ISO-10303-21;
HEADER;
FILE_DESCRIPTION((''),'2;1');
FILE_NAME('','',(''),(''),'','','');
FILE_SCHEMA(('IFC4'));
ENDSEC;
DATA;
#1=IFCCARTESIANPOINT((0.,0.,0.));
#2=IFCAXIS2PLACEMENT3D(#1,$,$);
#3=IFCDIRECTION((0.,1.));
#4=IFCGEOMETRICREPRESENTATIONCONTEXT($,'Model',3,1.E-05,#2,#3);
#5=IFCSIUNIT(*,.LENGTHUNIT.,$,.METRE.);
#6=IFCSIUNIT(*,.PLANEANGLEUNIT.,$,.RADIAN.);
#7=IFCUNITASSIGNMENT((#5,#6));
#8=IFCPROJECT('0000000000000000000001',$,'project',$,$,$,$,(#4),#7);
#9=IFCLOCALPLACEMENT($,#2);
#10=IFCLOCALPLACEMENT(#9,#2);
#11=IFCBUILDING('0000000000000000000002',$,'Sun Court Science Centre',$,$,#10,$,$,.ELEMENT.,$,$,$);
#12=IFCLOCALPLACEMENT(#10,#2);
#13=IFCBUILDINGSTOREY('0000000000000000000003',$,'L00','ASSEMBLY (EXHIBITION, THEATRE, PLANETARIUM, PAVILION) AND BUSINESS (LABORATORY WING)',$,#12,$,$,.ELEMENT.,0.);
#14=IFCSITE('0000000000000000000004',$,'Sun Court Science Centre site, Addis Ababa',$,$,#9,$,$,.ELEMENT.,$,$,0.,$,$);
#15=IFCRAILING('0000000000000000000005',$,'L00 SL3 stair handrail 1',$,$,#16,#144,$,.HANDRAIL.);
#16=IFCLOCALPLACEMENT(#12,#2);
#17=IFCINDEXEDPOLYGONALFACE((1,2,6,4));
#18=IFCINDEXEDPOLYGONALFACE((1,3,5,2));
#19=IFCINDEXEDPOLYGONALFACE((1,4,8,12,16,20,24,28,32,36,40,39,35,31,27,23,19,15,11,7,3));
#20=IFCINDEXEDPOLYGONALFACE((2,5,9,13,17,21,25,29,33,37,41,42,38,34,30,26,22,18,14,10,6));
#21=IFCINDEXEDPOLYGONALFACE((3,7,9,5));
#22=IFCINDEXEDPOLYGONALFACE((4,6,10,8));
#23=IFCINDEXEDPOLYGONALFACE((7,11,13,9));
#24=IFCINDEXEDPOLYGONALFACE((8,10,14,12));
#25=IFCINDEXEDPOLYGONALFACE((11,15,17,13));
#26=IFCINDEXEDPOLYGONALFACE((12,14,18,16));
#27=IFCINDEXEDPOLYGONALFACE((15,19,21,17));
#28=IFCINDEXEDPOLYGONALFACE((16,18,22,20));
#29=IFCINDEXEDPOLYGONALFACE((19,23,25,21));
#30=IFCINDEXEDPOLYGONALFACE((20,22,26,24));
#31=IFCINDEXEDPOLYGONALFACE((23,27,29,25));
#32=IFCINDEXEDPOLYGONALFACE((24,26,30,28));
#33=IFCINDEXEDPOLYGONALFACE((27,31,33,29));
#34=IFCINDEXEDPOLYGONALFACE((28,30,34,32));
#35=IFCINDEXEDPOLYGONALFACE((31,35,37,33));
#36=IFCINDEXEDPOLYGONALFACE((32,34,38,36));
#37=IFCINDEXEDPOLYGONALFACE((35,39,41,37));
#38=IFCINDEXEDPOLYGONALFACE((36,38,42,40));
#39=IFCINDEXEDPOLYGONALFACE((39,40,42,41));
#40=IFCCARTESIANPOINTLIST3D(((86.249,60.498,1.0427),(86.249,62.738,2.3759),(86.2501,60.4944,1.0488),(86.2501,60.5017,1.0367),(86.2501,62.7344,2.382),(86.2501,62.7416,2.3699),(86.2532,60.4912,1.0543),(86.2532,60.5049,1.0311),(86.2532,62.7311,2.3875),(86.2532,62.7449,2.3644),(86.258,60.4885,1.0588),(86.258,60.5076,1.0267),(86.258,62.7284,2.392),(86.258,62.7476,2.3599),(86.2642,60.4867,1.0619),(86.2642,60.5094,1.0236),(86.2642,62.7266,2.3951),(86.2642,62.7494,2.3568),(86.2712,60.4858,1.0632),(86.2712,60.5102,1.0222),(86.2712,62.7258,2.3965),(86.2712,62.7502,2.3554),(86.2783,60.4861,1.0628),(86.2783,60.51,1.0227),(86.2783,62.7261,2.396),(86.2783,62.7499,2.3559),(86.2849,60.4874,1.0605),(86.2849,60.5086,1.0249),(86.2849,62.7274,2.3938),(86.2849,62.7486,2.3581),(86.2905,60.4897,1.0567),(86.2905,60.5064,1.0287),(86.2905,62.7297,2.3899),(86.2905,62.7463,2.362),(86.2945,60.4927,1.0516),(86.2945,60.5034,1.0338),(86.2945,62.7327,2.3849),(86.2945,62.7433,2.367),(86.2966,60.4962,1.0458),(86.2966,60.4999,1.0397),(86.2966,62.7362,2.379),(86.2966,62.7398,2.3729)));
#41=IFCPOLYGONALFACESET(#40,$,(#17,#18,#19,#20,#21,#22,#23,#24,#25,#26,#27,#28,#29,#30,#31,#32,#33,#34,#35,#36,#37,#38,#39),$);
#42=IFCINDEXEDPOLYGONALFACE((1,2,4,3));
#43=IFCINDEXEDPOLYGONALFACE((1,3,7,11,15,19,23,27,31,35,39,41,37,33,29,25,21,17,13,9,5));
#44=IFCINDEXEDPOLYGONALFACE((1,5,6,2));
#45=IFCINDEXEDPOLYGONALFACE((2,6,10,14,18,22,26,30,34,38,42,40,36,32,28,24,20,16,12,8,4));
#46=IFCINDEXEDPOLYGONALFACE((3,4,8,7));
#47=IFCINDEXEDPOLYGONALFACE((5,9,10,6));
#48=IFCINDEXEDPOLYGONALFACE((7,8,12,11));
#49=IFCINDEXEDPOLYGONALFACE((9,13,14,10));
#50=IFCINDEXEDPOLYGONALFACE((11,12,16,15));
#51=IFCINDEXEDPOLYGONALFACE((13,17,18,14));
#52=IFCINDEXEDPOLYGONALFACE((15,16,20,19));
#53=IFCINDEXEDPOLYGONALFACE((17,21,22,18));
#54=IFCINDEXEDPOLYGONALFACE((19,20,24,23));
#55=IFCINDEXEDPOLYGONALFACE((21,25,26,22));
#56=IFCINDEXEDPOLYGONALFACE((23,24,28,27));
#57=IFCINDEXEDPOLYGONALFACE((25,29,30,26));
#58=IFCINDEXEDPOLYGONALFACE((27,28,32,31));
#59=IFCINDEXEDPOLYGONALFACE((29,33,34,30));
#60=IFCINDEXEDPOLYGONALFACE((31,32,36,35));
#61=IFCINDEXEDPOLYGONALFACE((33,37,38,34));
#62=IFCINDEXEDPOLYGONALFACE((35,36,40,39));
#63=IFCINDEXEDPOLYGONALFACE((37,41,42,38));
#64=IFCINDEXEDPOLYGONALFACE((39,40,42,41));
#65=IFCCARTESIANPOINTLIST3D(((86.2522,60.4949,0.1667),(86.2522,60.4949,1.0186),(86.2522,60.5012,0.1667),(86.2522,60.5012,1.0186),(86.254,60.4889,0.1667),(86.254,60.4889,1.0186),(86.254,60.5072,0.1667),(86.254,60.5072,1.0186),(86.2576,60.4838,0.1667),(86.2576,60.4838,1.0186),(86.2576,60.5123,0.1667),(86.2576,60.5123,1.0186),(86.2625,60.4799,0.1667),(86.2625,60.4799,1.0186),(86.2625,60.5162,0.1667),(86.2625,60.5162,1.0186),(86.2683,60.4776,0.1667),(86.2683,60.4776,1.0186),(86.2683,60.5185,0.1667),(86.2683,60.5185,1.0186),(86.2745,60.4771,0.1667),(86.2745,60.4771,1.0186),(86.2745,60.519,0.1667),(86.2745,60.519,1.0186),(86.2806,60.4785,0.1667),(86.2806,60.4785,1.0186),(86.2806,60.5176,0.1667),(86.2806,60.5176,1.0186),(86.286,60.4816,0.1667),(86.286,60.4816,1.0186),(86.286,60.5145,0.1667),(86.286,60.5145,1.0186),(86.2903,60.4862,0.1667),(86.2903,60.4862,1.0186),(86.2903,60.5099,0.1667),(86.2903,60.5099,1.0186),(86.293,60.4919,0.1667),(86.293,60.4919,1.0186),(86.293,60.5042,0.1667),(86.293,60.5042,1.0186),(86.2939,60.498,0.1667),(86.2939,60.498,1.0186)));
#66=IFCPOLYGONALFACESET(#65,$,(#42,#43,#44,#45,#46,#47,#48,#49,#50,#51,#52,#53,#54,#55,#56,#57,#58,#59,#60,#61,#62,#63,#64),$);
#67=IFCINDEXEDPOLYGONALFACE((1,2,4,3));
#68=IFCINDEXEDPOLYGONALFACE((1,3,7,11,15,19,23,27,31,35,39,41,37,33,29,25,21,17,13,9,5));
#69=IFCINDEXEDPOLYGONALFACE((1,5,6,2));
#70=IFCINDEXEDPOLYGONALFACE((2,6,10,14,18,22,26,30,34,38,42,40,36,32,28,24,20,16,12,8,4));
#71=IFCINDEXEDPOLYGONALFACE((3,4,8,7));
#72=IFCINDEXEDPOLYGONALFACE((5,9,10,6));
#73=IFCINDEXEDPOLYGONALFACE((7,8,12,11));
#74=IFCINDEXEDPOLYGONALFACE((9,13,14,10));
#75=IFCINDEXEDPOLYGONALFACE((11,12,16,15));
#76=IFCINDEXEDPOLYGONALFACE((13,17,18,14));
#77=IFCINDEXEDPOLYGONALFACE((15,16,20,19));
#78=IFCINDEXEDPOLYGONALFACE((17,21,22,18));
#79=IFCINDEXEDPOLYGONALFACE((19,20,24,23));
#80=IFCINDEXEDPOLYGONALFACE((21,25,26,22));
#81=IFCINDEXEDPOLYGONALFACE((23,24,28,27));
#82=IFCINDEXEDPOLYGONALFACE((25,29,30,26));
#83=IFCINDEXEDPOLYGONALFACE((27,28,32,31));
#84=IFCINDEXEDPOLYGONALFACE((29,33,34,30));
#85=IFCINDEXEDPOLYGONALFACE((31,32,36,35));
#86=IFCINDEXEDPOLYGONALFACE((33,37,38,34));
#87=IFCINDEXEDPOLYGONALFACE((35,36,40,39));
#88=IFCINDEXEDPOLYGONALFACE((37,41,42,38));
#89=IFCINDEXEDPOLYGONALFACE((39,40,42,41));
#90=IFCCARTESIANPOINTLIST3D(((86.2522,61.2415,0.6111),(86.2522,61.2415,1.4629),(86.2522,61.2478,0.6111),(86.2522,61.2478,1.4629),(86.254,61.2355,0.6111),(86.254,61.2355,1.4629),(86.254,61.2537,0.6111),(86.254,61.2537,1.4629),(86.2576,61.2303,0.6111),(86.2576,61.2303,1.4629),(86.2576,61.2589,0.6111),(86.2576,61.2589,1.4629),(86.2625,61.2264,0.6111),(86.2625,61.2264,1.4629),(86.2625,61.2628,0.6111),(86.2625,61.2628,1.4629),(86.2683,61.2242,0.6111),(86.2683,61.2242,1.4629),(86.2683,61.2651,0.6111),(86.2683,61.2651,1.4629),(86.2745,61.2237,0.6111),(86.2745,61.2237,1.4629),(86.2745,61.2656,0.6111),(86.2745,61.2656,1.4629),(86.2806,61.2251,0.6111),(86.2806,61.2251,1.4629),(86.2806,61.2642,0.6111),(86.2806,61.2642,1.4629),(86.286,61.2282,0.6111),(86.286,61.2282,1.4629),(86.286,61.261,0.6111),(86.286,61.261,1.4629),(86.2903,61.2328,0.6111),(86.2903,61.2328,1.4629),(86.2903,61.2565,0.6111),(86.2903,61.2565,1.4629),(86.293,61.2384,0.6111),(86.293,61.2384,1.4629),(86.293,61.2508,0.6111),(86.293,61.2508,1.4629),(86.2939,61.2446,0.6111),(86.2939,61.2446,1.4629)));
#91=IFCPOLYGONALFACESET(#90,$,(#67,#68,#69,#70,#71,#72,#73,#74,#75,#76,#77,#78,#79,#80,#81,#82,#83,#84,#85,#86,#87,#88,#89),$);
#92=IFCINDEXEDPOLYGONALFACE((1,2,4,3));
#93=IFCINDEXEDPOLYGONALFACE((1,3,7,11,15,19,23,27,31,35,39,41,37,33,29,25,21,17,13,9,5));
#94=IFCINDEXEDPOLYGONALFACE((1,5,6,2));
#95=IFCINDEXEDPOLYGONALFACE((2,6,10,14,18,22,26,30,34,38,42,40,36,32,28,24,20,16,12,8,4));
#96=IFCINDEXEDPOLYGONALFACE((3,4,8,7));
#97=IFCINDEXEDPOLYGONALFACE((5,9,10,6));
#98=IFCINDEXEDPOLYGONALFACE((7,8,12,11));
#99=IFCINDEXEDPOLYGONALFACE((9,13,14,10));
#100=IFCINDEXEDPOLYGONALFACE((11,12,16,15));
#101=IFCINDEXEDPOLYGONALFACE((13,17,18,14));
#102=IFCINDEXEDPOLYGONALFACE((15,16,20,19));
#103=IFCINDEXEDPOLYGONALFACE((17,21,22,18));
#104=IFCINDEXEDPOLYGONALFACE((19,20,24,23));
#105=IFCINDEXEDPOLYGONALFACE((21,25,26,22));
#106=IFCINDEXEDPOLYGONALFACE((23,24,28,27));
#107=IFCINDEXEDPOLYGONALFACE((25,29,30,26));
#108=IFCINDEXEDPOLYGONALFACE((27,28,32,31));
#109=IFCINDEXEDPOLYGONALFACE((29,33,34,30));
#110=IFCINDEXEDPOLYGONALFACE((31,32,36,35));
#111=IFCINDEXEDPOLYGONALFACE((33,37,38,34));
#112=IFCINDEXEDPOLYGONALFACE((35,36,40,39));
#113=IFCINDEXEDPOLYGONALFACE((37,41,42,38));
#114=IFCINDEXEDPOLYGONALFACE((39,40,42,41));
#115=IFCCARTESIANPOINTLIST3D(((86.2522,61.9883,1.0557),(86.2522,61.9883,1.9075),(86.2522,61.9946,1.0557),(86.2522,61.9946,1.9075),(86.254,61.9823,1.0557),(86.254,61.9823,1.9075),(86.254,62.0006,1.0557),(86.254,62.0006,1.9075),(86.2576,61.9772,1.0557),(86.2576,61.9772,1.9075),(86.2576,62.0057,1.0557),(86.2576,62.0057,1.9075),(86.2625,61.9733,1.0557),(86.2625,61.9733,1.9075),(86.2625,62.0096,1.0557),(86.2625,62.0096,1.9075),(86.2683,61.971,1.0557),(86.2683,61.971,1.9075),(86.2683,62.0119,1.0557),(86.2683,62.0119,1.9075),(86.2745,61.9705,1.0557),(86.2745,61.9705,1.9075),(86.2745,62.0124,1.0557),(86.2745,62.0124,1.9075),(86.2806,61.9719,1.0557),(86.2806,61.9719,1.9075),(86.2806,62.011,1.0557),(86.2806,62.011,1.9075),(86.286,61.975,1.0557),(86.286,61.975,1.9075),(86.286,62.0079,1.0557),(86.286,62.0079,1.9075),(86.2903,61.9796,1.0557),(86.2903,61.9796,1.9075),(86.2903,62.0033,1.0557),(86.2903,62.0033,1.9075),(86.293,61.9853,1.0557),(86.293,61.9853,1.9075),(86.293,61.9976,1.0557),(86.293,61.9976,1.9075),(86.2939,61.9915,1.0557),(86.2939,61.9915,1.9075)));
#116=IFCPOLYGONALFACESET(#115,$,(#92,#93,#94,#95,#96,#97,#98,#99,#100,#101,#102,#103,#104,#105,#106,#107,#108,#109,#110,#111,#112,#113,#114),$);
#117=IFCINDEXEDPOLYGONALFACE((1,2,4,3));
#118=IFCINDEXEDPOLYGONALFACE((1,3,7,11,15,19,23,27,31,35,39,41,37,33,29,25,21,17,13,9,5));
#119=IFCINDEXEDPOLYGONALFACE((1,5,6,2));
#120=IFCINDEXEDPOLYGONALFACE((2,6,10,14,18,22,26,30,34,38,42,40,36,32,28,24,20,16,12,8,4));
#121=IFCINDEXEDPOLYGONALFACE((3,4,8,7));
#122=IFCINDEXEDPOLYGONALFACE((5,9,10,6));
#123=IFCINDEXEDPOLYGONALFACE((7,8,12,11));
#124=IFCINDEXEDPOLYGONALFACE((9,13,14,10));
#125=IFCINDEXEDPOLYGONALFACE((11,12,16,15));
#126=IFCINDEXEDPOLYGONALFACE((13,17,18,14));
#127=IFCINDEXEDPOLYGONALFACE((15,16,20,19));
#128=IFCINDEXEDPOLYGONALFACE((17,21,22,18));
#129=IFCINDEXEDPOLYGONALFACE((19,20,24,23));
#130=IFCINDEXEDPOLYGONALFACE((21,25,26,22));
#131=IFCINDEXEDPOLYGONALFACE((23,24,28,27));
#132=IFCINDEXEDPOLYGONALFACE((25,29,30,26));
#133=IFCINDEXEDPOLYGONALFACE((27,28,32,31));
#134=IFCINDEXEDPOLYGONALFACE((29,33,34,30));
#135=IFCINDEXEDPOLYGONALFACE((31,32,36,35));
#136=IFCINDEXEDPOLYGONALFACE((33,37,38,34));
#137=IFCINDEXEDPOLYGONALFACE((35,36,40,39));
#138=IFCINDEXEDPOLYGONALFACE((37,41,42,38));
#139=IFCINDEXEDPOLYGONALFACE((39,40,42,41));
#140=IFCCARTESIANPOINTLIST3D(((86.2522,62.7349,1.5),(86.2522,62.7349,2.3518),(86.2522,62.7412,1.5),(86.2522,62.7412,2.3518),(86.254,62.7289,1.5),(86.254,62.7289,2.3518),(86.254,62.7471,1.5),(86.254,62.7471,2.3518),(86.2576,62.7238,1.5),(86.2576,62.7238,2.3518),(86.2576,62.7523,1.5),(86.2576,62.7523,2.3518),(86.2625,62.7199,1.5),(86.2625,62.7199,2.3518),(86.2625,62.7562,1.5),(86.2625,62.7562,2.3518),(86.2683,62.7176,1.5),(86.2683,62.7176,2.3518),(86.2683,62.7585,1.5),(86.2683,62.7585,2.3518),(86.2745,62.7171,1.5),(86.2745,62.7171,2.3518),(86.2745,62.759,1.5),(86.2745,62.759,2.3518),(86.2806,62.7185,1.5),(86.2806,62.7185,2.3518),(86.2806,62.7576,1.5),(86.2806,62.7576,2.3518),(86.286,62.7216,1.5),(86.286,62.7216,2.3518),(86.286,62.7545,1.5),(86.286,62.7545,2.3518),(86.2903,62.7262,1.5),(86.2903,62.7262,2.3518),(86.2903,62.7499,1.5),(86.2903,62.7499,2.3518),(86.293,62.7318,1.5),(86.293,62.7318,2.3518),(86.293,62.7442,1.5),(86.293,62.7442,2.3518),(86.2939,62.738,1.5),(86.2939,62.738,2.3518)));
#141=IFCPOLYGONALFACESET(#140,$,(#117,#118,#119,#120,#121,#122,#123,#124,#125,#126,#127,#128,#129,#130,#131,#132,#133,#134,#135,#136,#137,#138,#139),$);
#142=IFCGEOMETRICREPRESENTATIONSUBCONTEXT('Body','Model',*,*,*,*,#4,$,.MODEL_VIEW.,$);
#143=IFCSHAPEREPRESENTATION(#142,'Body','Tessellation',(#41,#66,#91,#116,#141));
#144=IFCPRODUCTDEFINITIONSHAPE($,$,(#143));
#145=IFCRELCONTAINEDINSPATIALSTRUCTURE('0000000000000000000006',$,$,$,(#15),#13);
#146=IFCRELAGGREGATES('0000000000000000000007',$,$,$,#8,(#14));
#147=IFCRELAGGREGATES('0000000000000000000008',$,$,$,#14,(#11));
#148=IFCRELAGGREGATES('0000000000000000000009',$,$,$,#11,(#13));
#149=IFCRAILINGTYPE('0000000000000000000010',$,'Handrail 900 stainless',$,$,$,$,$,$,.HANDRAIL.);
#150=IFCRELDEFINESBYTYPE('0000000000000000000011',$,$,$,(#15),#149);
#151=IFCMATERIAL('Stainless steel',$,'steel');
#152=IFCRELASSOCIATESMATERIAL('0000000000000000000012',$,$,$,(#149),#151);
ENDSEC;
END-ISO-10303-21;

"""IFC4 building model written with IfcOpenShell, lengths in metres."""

from ifc_helpers import new_model, si_unit, direction, frame, origin, origin_2d, place, context, subcontext, project, spatial, circle, extrude, material, type_object, element, save


model = new_model("IFC4")

# Units and contexts
model_context = context("Model", 3, precision=1e-05, world=origin(), true_north=direction((0.0, 1.0)))
body_context = subcontext(model_context, "Body", "Model", "MODEL_VIEW")
ifc_project = project(units=[si_unit("LENGTHUNIT", "METRE"), si_unit("PLANEANGLEUNIT", "RADIAN")], contexts=[model_context])

# Site, building, storey
site_placement = place(None, origin())
site = spatial("IfcSite", under=ifc_project, at=site_placement, Name="Sun Court Science Centre site, Addis Ababa", CompositionType="ELEMENT", RefElevation=0.0)
building_placement = place(site_placement, origin())
building = spatial("IfcBuilding", under=site, at=building_placement, Name="Sun Court Science Centre", CompositionType="ELEMENT")
storey_placement = place(building_placement, origin())
storey = spatial("IfcBuildingStorey", under=building, at=storey_placement, Name="L00", Description="ASSEMBLY (EXHIBITION, THEATRE, PLANETARIUM, PAVILION) AND BUSINESS (LABORATORY WING)", CompositionType="ELEMENT", Elevation=0.0)

# Railing
ifc_material_1 = material(Name="Stainless steel", Category="steel")
railing_type_1 = type_object("IfcRailingType", Name="Handrail 900 stainless", PredefinedType="HANDRAIL", material=ifc_material_1)
railing_1_placement = place(storey_placement, frame((86.2729, 60.498, 0.1667)))
element("IfcRailing", 1, at=railing_1_placement, inside=storey, type_object=railing_type_1, Name="L00 SL3 stair handrail 1", PredefinedType="HANDRAIL", context=body_context, shape_type="SweptSolid", body=[
    extrude(circle(Radius=0.0239, at=origin_2d()), frame((0.0, 0.0, 0.876), z_axis=(0.0, 0.859306, 0.511462), x_axis=(-1.0, 0.0, 0.0)), (0.0, 0.0, 1.0), 2.6067),
    extrude(circle(Radius=0.021, at=origin_2d()), origin(), (0.0, 0.0, 1.0), 0.8518),
    extrude(circle(Radius=0.021, at=origin_2d()), frame((0.0, 0.7466, 0.4443)), (0.0, 0.0, 1.0), 0.8518),
    extrude(circle(Radius=0.021, at=origin_2d()), frame((0.0, 1.4934, 0.8889)), (0.0, 0.0, 1.0), 0.8518),
    extrude(circle(Radius=0.021, at=origin_2d()), frame((0.0, 2.24, 1.3333)), (0.0, 0.0, 1.0), 0.8518),
])

save(model, "model.ifc")
